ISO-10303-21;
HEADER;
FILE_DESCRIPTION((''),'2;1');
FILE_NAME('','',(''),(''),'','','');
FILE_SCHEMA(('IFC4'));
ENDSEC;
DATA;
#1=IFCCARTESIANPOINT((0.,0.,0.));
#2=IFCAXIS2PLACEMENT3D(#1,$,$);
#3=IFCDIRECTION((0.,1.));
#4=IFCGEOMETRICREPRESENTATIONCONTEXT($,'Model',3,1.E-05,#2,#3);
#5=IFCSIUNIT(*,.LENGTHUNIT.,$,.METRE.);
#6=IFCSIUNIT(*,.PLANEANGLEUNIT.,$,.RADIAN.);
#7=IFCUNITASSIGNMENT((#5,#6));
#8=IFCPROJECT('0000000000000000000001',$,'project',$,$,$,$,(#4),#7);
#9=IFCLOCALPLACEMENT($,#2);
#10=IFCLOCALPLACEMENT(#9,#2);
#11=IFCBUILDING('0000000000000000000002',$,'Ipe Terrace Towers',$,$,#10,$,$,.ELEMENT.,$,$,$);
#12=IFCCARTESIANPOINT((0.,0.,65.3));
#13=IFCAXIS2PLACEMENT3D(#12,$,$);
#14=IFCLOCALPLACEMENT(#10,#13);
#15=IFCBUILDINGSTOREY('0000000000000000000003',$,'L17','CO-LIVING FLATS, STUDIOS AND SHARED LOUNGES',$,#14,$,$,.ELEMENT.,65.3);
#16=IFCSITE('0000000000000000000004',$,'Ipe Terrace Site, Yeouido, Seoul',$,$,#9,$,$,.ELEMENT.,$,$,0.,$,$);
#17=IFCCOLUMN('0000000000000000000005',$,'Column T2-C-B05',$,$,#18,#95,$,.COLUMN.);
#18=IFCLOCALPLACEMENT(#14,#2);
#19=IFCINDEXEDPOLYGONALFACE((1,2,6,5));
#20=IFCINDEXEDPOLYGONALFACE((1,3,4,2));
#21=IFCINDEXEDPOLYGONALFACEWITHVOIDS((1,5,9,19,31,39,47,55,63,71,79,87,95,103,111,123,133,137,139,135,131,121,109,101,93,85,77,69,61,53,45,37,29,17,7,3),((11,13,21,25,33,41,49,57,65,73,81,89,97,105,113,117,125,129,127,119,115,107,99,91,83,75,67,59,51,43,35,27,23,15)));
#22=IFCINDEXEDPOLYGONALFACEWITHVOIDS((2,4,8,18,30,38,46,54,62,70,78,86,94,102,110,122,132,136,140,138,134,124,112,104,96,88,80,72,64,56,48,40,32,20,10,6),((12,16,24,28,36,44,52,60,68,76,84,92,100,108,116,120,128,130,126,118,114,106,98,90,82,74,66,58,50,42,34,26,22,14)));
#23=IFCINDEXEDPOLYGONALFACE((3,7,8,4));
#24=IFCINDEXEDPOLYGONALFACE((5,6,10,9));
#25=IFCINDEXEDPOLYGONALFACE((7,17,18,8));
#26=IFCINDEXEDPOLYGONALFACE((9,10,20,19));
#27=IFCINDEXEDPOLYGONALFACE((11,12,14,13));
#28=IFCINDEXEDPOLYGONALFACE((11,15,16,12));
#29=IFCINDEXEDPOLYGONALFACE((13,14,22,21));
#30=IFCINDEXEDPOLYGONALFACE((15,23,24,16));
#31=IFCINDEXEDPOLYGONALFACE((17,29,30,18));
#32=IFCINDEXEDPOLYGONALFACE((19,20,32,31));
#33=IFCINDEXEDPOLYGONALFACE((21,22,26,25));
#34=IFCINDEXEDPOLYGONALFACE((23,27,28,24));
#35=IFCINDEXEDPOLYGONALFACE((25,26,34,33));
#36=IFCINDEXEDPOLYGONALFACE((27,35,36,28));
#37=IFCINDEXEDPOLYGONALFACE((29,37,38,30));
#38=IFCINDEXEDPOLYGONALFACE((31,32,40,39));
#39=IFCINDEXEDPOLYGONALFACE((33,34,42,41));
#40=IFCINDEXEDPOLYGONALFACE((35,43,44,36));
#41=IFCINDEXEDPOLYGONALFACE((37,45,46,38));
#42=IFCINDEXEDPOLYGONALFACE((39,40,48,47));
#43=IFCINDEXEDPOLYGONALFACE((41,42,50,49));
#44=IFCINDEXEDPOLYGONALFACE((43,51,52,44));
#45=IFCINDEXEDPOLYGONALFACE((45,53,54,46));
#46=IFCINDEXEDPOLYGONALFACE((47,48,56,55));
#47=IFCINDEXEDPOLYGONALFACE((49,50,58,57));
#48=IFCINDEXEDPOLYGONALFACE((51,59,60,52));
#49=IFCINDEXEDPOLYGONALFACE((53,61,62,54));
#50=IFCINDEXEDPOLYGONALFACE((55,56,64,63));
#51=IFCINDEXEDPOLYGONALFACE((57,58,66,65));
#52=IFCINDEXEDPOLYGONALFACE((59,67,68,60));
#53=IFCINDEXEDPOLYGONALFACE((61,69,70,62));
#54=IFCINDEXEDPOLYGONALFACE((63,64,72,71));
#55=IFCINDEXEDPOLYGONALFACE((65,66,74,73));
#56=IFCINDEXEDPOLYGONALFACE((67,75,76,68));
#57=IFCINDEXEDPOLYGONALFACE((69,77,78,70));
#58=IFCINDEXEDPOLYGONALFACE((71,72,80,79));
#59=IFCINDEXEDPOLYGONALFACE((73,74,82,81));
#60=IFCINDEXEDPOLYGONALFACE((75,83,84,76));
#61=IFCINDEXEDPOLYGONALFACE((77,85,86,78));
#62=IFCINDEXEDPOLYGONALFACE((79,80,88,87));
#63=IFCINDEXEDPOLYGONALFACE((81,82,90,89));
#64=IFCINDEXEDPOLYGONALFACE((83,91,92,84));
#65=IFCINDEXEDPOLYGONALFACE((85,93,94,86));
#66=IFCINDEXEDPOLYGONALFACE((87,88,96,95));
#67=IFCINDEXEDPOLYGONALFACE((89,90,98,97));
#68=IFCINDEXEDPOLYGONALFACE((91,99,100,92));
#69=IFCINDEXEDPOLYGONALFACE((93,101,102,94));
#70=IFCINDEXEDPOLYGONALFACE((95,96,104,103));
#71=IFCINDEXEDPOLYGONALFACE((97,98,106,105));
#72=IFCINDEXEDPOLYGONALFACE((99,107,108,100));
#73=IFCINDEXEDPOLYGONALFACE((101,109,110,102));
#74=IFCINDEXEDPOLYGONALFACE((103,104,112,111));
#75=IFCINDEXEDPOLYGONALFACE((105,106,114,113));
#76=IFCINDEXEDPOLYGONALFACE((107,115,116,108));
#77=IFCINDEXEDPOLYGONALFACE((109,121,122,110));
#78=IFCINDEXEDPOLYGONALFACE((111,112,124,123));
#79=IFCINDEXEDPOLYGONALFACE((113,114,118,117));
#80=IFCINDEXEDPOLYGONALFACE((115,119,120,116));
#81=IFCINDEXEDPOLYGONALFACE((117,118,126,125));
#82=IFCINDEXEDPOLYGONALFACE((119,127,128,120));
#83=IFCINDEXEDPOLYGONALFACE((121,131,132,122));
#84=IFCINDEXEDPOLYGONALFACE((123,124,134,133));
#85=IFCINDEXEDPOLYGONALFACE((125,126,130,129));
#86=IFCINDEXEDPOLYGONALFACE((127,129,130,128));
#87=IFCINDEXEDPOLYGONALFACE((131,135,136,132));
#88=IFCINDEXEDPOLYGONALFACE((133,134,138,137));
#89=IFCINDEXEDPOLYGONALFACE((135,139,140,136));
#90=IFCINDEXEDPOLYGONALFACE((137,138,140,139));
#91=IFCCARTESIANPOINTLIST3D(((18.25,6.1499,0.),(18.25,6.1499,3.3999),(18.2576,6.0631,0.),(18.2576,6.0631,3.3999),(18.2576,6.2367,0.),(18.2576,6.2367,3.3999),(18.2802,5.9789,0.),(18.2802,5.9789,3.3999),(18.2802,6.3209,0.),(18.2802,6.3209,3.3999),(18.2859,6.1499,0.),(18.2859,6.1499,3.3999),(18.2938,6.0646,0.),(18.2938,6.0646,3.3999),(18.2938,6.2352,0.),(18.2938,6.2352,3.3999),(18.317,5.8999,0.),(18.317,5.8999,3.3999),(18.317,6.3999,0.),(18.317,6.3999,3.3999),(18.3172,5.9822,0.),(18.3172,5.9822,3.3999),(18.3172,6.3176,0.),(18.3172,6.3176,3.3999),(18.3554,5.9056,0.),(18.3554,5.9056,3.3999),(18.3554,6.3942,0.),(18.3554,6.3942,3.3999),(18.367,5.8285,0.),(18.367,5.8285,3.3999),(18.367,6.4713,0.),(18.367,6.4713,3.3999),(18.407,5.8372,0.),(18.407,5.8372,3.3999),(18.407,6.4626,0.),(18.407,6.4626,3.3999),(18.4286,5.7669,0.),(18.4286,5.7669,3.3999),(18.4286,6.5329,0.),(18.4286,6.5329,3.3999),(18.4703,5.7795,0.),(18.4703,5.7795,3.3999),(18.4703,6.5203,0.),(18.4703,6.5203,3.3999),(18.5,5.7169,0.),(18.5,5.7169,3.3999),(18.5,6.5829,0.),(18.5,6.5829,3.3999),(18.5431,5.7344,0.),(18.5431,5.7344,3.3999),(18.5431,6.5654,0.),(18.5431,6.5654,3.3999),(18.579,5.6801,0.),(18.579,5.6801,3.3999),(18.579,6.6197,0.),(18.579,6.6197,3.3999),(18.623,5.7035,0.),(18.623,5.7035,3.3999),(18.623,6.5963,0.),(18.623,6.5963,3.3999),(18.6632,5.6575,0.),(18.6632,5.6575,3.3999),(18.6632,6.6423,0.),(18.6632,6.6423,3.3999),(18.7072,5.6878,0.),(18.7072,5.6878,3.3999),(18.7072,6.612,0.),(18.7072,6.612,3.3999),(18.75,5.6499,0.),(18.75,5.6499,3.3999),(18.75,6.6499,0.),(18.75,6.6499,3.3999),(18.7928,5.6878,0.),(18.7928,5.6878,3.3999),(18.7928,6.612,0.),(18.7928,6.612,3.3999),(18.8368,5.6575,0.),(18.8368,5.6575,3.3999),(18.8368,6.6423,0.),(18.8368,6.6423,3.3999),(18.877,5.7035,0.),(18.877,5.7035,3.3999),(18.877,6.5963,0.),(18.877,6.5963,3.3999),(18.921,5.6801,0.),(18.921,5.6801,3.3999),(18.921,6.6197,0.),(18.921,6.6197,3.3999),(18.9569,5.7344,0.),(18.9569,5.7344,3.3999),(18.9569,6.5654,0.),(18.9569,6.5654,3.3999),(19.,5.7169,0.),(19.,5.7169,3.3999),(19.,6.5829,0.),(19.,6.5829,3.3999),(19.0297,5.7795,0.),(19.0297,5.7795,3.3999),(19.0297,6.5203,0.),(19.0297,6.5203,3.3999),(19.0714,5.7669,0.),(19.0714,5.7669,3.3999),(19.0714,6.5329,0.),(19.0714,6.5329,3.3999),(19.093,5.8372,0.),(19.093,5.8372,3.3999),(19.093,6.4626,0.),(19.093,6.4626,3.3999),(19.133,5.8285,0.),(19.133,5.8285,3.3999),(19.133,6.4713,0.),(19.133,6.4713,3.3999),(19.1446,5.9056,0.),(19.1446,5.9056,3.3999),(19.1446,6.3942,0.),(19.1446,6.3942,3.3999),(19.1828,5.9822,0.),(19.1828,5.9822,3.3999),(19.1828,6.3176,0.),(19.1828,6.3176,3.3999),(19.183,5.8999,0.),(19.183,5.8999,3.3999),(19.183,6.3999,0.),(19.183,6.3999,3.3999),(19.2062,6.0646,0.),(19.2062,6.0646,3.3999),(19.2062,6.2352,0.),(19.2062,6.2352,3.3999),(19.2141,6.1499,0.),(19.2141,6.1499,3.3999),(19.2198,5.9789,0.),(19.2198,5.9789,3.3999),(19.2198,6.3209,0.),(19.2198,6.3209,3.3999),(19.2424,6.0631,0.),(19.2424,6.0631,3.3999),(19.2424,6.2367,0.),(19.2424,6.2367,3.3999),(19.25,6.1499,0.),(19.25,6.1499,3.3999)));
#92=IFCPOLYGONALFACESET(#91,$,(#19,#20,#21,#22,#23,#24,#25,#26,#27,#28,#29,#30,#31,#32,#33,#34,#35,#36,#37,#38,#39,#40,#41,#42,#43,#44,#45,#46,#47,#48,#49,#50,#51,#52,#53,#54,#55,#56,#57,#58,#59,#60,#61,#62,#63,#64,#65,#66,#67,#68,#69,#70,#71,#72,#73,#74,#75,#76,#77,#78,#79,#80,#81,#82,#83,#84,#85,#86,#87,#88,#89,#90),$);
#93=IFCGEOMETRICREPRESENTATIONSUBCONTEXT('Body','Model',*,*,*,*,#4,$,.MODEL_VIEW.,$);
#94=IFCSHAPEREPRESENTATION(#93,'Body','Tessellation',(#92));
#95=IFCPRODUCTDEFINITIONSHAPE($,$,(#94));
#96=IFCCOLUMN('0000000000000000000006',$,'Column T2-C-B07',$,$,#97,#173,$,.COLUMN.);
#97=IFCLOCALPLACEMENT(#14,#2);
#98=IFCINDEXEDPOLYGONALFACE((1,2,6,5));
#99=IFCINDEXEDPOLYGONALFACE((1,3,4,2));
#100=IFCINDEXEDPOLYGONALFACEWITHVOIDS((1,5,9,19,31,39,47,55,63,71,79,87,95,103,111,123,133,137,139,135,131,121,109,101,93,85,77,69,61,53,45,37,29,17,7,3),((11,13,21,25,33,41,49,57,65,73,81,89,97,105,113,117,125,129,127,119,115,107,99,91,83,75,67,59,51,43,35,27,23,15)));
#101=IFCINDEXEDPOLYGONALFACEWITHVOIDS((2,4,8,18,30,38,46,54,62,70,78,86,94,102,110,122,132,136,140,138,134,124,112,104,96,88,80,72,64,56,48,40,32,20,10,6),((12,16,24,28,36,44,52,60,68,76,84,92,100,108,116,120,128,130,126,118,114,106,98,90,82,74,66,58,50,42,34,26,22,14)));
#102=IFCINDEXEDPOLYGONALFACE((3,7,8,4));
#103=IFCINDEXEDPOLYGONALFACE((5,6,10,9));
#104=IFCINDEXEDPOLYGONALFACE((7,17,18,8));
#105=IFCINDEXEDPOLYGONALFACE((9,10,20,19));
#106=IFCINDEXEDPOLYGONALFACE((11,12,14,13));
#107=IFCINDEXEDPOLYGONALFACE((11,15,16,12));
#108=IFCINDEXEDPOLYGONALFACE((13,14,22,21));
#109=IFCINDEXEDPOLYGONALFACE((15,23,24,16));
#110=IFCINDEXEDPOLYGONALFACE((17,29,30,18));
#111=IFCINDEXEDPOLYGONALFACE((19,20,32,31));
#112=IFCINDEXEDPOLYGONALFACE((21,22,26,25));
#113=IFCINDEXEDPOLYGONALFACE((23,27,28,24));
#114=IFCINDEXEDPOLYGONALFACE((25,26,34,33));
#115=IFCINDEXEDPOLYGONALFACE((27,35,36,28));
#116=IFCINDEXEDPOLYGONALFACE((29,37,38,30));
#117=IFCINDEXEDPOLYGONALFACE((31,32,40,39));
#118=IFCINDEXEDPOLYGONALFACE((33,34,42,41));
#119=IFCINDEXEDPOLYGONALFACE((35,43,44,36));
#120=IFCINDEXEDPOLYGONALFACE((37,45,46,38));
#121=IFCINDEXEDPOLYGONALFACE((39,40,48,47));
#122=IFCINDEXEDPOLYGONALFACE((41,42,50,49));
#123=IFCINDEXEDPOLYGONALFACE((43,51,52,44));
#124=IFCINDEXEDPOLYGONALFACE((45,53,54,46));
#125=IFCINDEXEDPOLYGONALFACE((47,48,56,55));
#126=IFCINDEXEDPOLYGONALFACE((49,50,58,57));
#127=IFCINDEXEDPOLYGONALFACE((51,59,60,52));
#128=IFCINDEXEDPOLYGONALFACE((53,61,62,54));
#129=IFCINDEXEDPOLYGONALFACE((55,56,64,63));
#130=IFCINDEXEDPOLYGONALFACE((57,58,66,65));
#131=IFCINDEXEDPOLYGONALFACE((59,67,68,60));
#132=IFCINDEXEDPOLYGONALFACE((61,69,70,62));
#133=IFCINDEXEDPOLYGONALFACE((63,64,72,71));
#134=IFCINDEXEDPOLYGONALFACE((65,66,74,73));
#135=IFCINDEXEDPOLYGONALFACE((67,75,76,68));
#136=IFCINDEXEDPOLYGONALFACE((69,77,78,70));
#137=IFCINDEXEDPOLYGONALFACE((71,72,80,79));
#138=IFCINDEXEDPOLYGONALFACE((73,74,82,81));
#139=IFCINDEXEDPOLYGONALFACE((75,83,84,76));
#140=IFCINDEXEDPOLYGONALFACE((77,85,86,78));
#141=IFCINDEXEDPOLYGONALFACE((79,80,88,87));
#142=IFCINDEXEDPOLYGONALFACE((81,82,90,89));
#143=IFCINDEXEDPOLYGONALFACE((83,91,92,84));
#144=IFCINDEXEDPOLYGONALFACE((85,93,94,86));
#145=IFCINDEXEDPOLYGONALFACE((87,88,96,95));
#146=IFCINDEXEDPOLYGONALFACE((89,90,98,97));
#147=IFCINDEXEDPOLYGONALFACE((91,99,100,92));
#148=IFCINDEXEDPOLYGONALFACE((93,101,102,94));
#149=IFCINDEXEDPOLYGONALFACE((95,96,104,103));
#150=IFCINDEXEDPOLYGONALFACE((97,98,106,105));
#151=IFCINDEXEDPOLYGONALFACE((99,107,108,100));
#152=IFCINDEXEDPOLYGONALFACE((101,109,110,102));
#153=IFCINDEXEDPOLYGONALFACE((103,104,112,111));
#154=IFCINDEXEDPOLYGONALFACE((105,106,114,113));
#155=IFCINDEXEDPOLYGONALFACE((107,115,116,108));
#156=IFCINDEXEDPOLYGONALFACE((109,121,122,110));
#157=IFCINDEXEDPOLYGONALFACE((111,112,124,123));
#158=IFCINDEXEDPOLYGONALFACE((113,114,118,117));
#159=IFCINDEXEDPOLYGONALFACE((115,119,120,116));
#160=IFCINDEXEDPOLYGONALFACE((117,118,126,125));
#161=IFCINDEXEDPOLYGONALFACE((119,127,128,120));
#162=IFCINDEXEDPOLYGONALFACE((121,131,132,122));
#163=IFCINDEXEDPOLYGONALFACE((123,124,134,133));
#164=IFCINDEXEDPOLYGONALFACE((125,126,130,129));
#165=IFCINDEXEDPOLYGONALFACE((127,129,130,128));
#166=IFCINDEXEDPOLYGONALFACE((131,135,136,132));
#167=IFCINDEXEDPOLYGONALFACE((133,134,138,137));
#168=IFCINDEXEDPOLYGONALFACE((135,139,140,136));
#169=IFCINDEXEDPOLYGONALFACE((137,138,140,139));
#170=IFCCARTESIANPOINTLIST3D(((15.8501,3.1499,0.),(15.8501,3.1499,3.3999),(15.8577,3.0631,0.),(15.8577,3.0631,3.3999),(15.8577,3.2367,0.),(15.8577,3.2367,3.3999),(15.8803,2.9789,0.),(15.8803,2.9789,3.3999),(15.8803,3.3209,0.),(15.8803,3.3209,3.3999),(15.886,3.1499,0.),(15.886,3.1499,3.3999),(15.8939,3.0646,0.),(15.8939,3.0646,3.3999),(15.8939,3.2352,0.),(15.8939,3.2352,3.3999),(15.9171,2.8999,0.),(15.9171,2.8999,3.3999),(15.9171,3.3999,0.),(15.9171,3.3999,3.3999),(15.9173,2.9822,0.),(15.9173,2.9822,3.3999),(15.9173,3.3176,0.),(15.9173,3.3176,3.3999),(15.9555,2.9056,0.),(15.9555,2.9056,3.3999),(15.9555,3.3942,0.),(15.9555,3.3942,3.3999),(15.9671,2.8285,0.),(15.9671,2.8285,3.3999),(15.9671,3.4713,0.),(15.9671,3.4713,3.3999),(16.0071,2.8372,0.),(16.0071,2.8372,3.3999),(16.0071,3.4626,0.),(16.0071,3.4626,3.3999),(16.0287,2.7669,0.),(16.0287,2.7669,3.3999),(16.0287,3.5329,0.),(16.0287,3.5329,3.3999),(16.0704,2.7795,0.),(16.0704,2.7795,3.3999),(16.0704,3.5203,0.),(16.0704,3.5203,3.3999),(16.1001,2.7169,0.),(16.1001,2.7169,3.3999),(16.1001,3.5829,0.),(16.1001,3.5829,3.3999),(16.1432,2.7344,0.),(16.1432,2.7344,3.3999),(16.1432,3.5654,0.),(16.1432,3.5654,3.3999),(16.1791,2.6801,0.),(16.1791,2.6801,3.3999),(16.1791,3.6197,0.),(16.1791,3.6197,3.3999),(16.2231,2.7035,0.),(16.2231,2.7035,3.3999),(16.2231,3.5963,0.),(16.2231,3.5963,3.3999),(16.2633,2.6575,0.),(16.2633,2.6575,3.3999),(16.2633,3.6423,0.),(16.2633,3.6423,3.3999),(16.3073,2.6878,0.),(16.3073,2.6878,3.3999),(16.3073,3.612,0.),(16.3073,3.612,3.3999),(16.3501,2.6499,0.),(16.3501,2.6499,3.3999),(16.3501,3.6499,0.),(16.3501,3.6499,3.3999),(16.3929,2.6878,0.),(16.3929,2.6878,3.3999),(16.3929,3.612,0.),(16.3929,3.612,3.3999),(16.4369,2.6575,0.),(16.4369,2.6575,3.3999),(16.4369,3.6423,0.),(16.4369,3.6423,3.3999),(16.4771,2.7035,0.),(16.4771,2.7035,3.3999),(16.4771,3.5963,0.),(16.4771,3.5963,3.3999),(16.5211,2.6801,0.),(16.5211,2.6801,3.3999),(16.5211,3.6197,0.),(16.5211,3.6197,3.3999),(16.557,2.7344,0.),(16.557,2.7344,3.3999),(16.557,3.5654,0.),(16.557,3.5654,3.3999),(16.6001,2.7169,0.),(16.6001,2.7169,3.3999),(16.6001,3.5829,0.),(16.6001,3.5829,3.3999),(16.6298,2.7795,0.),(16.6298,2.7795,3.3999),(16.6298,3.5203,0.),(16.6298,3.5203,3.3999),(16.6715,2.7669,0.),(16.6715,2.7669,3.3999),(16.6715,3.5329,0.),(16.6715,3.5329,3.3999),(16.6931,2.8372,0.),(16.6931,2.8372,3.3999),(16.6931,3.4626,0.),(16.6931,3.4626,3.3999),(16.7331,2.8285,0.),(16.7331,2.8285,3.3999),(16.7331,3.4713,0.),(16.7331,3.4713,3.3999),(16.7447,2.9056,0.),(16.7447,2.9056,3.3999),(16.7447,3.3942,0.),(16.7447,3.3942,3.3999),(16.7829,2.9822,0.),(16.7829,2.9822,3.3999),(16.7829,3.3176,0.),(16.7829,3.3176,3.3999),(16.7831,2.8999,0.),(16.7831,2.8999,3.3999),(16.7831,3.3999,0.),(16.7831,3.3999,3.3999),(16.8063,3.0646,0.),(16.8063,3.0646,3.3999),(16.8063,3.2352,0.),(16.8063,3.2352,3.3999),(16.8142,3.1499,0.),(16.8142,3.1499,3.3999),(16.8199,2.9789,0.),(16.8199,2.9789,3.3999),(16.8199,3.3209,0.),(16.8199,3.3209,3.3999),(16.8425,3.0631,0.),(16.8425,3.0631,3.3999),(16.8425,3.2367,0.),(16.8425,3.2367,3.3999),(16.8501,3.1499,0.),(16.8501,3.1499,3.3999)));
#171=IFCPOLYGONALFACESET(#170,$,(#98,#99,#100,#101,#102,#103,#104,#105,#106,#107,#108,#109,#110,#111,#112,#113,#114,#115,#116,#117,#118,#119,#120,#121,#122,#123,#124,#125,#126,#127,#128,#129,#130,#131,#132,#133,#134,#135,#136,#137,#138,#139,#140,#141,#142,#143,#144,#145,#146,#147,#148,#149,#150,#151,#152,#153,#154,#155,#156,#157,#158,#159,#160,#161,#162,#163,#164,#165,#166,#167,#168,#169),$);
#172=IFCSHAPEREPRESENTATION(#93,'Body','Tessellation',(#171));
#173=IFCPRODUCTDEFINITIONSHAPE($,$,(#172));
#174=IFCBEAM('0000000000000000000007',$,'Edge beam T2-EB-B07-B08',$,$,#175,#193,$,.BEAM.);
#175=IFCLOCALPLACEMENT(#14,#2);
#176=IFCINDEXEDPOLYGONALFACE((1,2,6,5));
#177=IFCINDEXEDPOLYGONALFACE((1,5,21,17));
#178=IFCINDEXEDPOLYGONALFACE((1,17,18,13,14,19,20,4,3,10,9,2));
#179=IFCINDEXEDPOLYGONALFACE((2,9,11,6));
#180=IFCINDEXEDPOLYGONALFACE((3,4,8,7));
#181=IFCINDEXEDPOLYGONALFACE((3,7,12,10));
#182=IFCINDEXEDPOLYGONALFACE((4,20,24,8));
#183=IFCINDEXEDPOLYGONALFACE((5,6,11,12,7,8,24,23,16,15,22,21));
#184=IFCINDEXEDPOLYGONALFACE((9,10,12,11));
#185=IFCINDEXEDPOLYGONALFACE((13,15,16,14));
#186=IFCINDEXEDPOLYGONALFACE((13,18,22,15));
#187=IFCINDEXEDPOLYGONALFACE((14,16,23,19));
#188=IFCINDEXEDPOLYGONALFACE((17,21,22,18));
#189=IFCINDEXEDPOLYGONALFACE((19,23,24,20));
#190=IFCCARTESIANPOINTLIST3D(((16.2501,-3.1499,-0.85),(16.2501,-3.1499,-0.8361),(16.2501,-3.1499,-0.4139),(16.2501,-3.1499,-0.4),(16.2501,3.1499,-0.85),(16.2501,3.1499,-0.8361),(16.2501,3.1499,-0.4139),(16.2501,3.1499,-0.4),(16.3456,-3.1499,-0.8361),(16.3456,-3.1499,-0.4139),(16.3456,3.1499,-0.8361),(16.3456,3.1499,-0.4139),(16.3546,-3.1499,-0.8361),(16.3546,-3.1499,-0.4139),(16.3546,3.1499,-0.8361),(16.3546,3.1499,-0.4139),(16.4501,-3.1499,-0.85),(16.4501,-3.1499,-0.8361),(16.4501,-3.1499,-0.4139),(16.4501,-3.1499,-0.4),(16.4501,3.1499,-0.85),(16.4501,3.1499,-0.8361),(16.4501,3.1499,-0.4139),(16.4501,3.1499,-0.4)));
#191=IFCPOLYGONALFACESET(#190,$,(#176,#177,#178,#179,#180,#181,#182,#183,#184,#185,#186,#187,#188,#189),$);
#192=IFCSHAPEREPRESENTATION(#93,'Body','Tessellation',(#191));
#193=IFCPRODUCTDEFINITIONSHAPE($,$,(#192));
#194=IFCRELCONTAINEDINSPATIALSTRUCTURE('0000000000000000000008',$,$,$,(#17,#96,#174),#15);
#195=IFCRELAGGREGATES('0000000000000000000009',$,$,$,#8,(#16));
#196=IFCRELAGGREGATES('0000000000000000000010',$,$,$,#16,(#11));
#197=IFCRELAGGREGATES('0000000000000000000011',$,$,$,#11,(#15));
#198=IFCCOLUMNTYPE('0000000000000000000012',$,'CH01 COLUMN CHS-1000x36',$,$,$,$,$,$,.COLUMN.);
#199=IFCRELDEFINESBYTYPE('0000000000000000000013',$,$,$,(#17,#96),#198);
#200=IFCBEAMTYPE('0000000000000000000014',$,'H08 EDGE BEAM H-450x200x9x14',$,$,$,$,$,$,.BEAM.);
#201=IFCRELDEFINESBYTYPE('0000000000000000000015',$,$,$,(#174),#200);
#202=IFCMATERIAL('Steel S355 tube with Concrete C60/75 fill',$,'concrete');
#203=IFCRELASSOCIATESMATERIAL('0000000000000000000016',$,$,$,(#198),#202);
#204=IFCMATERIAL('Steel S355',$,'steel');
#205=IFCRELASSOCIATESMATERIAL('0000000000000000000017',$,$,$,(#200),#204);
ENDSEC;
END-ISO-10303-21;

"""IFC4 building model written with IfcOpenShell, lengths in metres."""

from ifc_helpers import new_model, si_unit, direction, frame, origin, origin_2d, place, context, subcontext, project, spatial, hollow_circle, i_section, extrude, material, material_profile, profile_set, type_object, element, save


model = new_model("IFC4")

# Units and contexts
model_context = context("Model", 3, precision=1e-05, world=origin(), true_north=direction((0.0, 1.0)))
body_context = subcontext(model_context, "Body", "Model", "MODEL_VIEW")
ifc_project = project(units=[si_unit("LENGTHUNIT", "METRE"), si_unit("PLANEANGLEUNIT", "RADIAN")], contexts=[model_context])

# Site, building, storey
site_placement = place(None, origin())
site = spatial("IfcSite", under=ifc_project, at=site_placement, Name="Ipe Terrace Site, Yeouido, Seoul", CompositionType="ELEMENT", RefElevation=0.0)
building_placement = place(site_placement, origin())
building = spatial("IfcBuilding", under=site, at=building_placement, Name="Ipe Terrace Towers", CompositionType="ELEMENT")
storey_placement = place(building_placement, frame((0.0, 0.0, 65.3)))
storey = spatial("IfcBuildingStorey", under=building, at=storey_placement, Name="L17", Description="CO-LIVING FLATS, STUDIOS AND SHARED LOUNGES", CompositionType="ELEMENT", Elevation=65.3)

# Columns
ifc_material_1 = material(Name="Steel S355 tube with Concrete C60/75 fill", Category="concrete")
ifc_material_profile_1 = material_profile(ifc_material_1, hollow_circle(Radius=0.5, WallThickness=0.0359, at=origin_2d()), Name="CHS-1000x36")
ifc_profile_set_1 = profile_set([ifc_material_profile_1], Name="Steel S355 tube with Concrete C60/75 fill")
column_type = type_object("IfcColumnType", Name="CH01 COLUMN CHS-1000x36", PredefinedType="COLUMN", material=ifc_profile_set_1)
for number, where, z_axis, x_axis, name in (
    (1, (18.75, 6.1499, 0.0), (0.0, 0.0, 1.0), (1.0, 0.0, 0.0), "Column T2-C-B05"),
    (2, (16.3501, 3.1499, 0.0), (0.0, 0.0, 1.0), (1.0, 0.0, 0.0), "Column T2-C-B07"),
):
    element("IfcColumn", number, at=place(storey_placement, frame(where, z_axis=z_axis, x_axis=x_axis)), inside=storey, type_object=column_type, Name=name, PredefinedType="COLUMN", context=body_context, shape_type="SweptSolid", body=[
        extrude(hollow_circle(Radius=0.5, WallThickness=0.0359, at=origin_2d()), origin(), (0.0, 0.0, 1.0), 3.3999),
    ])

# Beam
ifc_material_2 = material(Name="Steel S355", Category="steel")
ifc_material_profile_2 = material_profile(ifc_material_2, i_section(OverallWidth=0.2, OverallDepth=0.45, WebThickness=0.009, FlangeThickness=0.0139, at=origin_2d()), Name="H-450x200x9x14")
ifc_profile_set_2 = profile_set([ifc_material_profile_2], Name="Steel S355")
beam_type = type_object("IfcBeamType", Name="H08 EDGE BEAM H-450x200x9x14", PredefinedType="BEAM", material=ifc_profile_set_2)
beam_placement = place(storey_placement, frame((16.3501, 3.1499, -0.625), z_axis=(0.0, -1.0, 0.0), x_axis=(1.0, 0.0, 0.0)))
element("IfcBeam", 3, at=beam_placement, inside=storey, type_object=beam_type, Name="Edge beam T2-EB-B07-B08", PredefinedType="BEAM", context=body_context, shape_type="SweptSolid", body=[
    extrude(i_section(OverallWidth=0.2, OverallDepth=0.45, WebThickness=0.009, FlangeThickness=0.0139, at=origin_2d()), origin(), (0.0, 0.0, 1.0), 6.2998),
])

save(model, "model.ifc")
